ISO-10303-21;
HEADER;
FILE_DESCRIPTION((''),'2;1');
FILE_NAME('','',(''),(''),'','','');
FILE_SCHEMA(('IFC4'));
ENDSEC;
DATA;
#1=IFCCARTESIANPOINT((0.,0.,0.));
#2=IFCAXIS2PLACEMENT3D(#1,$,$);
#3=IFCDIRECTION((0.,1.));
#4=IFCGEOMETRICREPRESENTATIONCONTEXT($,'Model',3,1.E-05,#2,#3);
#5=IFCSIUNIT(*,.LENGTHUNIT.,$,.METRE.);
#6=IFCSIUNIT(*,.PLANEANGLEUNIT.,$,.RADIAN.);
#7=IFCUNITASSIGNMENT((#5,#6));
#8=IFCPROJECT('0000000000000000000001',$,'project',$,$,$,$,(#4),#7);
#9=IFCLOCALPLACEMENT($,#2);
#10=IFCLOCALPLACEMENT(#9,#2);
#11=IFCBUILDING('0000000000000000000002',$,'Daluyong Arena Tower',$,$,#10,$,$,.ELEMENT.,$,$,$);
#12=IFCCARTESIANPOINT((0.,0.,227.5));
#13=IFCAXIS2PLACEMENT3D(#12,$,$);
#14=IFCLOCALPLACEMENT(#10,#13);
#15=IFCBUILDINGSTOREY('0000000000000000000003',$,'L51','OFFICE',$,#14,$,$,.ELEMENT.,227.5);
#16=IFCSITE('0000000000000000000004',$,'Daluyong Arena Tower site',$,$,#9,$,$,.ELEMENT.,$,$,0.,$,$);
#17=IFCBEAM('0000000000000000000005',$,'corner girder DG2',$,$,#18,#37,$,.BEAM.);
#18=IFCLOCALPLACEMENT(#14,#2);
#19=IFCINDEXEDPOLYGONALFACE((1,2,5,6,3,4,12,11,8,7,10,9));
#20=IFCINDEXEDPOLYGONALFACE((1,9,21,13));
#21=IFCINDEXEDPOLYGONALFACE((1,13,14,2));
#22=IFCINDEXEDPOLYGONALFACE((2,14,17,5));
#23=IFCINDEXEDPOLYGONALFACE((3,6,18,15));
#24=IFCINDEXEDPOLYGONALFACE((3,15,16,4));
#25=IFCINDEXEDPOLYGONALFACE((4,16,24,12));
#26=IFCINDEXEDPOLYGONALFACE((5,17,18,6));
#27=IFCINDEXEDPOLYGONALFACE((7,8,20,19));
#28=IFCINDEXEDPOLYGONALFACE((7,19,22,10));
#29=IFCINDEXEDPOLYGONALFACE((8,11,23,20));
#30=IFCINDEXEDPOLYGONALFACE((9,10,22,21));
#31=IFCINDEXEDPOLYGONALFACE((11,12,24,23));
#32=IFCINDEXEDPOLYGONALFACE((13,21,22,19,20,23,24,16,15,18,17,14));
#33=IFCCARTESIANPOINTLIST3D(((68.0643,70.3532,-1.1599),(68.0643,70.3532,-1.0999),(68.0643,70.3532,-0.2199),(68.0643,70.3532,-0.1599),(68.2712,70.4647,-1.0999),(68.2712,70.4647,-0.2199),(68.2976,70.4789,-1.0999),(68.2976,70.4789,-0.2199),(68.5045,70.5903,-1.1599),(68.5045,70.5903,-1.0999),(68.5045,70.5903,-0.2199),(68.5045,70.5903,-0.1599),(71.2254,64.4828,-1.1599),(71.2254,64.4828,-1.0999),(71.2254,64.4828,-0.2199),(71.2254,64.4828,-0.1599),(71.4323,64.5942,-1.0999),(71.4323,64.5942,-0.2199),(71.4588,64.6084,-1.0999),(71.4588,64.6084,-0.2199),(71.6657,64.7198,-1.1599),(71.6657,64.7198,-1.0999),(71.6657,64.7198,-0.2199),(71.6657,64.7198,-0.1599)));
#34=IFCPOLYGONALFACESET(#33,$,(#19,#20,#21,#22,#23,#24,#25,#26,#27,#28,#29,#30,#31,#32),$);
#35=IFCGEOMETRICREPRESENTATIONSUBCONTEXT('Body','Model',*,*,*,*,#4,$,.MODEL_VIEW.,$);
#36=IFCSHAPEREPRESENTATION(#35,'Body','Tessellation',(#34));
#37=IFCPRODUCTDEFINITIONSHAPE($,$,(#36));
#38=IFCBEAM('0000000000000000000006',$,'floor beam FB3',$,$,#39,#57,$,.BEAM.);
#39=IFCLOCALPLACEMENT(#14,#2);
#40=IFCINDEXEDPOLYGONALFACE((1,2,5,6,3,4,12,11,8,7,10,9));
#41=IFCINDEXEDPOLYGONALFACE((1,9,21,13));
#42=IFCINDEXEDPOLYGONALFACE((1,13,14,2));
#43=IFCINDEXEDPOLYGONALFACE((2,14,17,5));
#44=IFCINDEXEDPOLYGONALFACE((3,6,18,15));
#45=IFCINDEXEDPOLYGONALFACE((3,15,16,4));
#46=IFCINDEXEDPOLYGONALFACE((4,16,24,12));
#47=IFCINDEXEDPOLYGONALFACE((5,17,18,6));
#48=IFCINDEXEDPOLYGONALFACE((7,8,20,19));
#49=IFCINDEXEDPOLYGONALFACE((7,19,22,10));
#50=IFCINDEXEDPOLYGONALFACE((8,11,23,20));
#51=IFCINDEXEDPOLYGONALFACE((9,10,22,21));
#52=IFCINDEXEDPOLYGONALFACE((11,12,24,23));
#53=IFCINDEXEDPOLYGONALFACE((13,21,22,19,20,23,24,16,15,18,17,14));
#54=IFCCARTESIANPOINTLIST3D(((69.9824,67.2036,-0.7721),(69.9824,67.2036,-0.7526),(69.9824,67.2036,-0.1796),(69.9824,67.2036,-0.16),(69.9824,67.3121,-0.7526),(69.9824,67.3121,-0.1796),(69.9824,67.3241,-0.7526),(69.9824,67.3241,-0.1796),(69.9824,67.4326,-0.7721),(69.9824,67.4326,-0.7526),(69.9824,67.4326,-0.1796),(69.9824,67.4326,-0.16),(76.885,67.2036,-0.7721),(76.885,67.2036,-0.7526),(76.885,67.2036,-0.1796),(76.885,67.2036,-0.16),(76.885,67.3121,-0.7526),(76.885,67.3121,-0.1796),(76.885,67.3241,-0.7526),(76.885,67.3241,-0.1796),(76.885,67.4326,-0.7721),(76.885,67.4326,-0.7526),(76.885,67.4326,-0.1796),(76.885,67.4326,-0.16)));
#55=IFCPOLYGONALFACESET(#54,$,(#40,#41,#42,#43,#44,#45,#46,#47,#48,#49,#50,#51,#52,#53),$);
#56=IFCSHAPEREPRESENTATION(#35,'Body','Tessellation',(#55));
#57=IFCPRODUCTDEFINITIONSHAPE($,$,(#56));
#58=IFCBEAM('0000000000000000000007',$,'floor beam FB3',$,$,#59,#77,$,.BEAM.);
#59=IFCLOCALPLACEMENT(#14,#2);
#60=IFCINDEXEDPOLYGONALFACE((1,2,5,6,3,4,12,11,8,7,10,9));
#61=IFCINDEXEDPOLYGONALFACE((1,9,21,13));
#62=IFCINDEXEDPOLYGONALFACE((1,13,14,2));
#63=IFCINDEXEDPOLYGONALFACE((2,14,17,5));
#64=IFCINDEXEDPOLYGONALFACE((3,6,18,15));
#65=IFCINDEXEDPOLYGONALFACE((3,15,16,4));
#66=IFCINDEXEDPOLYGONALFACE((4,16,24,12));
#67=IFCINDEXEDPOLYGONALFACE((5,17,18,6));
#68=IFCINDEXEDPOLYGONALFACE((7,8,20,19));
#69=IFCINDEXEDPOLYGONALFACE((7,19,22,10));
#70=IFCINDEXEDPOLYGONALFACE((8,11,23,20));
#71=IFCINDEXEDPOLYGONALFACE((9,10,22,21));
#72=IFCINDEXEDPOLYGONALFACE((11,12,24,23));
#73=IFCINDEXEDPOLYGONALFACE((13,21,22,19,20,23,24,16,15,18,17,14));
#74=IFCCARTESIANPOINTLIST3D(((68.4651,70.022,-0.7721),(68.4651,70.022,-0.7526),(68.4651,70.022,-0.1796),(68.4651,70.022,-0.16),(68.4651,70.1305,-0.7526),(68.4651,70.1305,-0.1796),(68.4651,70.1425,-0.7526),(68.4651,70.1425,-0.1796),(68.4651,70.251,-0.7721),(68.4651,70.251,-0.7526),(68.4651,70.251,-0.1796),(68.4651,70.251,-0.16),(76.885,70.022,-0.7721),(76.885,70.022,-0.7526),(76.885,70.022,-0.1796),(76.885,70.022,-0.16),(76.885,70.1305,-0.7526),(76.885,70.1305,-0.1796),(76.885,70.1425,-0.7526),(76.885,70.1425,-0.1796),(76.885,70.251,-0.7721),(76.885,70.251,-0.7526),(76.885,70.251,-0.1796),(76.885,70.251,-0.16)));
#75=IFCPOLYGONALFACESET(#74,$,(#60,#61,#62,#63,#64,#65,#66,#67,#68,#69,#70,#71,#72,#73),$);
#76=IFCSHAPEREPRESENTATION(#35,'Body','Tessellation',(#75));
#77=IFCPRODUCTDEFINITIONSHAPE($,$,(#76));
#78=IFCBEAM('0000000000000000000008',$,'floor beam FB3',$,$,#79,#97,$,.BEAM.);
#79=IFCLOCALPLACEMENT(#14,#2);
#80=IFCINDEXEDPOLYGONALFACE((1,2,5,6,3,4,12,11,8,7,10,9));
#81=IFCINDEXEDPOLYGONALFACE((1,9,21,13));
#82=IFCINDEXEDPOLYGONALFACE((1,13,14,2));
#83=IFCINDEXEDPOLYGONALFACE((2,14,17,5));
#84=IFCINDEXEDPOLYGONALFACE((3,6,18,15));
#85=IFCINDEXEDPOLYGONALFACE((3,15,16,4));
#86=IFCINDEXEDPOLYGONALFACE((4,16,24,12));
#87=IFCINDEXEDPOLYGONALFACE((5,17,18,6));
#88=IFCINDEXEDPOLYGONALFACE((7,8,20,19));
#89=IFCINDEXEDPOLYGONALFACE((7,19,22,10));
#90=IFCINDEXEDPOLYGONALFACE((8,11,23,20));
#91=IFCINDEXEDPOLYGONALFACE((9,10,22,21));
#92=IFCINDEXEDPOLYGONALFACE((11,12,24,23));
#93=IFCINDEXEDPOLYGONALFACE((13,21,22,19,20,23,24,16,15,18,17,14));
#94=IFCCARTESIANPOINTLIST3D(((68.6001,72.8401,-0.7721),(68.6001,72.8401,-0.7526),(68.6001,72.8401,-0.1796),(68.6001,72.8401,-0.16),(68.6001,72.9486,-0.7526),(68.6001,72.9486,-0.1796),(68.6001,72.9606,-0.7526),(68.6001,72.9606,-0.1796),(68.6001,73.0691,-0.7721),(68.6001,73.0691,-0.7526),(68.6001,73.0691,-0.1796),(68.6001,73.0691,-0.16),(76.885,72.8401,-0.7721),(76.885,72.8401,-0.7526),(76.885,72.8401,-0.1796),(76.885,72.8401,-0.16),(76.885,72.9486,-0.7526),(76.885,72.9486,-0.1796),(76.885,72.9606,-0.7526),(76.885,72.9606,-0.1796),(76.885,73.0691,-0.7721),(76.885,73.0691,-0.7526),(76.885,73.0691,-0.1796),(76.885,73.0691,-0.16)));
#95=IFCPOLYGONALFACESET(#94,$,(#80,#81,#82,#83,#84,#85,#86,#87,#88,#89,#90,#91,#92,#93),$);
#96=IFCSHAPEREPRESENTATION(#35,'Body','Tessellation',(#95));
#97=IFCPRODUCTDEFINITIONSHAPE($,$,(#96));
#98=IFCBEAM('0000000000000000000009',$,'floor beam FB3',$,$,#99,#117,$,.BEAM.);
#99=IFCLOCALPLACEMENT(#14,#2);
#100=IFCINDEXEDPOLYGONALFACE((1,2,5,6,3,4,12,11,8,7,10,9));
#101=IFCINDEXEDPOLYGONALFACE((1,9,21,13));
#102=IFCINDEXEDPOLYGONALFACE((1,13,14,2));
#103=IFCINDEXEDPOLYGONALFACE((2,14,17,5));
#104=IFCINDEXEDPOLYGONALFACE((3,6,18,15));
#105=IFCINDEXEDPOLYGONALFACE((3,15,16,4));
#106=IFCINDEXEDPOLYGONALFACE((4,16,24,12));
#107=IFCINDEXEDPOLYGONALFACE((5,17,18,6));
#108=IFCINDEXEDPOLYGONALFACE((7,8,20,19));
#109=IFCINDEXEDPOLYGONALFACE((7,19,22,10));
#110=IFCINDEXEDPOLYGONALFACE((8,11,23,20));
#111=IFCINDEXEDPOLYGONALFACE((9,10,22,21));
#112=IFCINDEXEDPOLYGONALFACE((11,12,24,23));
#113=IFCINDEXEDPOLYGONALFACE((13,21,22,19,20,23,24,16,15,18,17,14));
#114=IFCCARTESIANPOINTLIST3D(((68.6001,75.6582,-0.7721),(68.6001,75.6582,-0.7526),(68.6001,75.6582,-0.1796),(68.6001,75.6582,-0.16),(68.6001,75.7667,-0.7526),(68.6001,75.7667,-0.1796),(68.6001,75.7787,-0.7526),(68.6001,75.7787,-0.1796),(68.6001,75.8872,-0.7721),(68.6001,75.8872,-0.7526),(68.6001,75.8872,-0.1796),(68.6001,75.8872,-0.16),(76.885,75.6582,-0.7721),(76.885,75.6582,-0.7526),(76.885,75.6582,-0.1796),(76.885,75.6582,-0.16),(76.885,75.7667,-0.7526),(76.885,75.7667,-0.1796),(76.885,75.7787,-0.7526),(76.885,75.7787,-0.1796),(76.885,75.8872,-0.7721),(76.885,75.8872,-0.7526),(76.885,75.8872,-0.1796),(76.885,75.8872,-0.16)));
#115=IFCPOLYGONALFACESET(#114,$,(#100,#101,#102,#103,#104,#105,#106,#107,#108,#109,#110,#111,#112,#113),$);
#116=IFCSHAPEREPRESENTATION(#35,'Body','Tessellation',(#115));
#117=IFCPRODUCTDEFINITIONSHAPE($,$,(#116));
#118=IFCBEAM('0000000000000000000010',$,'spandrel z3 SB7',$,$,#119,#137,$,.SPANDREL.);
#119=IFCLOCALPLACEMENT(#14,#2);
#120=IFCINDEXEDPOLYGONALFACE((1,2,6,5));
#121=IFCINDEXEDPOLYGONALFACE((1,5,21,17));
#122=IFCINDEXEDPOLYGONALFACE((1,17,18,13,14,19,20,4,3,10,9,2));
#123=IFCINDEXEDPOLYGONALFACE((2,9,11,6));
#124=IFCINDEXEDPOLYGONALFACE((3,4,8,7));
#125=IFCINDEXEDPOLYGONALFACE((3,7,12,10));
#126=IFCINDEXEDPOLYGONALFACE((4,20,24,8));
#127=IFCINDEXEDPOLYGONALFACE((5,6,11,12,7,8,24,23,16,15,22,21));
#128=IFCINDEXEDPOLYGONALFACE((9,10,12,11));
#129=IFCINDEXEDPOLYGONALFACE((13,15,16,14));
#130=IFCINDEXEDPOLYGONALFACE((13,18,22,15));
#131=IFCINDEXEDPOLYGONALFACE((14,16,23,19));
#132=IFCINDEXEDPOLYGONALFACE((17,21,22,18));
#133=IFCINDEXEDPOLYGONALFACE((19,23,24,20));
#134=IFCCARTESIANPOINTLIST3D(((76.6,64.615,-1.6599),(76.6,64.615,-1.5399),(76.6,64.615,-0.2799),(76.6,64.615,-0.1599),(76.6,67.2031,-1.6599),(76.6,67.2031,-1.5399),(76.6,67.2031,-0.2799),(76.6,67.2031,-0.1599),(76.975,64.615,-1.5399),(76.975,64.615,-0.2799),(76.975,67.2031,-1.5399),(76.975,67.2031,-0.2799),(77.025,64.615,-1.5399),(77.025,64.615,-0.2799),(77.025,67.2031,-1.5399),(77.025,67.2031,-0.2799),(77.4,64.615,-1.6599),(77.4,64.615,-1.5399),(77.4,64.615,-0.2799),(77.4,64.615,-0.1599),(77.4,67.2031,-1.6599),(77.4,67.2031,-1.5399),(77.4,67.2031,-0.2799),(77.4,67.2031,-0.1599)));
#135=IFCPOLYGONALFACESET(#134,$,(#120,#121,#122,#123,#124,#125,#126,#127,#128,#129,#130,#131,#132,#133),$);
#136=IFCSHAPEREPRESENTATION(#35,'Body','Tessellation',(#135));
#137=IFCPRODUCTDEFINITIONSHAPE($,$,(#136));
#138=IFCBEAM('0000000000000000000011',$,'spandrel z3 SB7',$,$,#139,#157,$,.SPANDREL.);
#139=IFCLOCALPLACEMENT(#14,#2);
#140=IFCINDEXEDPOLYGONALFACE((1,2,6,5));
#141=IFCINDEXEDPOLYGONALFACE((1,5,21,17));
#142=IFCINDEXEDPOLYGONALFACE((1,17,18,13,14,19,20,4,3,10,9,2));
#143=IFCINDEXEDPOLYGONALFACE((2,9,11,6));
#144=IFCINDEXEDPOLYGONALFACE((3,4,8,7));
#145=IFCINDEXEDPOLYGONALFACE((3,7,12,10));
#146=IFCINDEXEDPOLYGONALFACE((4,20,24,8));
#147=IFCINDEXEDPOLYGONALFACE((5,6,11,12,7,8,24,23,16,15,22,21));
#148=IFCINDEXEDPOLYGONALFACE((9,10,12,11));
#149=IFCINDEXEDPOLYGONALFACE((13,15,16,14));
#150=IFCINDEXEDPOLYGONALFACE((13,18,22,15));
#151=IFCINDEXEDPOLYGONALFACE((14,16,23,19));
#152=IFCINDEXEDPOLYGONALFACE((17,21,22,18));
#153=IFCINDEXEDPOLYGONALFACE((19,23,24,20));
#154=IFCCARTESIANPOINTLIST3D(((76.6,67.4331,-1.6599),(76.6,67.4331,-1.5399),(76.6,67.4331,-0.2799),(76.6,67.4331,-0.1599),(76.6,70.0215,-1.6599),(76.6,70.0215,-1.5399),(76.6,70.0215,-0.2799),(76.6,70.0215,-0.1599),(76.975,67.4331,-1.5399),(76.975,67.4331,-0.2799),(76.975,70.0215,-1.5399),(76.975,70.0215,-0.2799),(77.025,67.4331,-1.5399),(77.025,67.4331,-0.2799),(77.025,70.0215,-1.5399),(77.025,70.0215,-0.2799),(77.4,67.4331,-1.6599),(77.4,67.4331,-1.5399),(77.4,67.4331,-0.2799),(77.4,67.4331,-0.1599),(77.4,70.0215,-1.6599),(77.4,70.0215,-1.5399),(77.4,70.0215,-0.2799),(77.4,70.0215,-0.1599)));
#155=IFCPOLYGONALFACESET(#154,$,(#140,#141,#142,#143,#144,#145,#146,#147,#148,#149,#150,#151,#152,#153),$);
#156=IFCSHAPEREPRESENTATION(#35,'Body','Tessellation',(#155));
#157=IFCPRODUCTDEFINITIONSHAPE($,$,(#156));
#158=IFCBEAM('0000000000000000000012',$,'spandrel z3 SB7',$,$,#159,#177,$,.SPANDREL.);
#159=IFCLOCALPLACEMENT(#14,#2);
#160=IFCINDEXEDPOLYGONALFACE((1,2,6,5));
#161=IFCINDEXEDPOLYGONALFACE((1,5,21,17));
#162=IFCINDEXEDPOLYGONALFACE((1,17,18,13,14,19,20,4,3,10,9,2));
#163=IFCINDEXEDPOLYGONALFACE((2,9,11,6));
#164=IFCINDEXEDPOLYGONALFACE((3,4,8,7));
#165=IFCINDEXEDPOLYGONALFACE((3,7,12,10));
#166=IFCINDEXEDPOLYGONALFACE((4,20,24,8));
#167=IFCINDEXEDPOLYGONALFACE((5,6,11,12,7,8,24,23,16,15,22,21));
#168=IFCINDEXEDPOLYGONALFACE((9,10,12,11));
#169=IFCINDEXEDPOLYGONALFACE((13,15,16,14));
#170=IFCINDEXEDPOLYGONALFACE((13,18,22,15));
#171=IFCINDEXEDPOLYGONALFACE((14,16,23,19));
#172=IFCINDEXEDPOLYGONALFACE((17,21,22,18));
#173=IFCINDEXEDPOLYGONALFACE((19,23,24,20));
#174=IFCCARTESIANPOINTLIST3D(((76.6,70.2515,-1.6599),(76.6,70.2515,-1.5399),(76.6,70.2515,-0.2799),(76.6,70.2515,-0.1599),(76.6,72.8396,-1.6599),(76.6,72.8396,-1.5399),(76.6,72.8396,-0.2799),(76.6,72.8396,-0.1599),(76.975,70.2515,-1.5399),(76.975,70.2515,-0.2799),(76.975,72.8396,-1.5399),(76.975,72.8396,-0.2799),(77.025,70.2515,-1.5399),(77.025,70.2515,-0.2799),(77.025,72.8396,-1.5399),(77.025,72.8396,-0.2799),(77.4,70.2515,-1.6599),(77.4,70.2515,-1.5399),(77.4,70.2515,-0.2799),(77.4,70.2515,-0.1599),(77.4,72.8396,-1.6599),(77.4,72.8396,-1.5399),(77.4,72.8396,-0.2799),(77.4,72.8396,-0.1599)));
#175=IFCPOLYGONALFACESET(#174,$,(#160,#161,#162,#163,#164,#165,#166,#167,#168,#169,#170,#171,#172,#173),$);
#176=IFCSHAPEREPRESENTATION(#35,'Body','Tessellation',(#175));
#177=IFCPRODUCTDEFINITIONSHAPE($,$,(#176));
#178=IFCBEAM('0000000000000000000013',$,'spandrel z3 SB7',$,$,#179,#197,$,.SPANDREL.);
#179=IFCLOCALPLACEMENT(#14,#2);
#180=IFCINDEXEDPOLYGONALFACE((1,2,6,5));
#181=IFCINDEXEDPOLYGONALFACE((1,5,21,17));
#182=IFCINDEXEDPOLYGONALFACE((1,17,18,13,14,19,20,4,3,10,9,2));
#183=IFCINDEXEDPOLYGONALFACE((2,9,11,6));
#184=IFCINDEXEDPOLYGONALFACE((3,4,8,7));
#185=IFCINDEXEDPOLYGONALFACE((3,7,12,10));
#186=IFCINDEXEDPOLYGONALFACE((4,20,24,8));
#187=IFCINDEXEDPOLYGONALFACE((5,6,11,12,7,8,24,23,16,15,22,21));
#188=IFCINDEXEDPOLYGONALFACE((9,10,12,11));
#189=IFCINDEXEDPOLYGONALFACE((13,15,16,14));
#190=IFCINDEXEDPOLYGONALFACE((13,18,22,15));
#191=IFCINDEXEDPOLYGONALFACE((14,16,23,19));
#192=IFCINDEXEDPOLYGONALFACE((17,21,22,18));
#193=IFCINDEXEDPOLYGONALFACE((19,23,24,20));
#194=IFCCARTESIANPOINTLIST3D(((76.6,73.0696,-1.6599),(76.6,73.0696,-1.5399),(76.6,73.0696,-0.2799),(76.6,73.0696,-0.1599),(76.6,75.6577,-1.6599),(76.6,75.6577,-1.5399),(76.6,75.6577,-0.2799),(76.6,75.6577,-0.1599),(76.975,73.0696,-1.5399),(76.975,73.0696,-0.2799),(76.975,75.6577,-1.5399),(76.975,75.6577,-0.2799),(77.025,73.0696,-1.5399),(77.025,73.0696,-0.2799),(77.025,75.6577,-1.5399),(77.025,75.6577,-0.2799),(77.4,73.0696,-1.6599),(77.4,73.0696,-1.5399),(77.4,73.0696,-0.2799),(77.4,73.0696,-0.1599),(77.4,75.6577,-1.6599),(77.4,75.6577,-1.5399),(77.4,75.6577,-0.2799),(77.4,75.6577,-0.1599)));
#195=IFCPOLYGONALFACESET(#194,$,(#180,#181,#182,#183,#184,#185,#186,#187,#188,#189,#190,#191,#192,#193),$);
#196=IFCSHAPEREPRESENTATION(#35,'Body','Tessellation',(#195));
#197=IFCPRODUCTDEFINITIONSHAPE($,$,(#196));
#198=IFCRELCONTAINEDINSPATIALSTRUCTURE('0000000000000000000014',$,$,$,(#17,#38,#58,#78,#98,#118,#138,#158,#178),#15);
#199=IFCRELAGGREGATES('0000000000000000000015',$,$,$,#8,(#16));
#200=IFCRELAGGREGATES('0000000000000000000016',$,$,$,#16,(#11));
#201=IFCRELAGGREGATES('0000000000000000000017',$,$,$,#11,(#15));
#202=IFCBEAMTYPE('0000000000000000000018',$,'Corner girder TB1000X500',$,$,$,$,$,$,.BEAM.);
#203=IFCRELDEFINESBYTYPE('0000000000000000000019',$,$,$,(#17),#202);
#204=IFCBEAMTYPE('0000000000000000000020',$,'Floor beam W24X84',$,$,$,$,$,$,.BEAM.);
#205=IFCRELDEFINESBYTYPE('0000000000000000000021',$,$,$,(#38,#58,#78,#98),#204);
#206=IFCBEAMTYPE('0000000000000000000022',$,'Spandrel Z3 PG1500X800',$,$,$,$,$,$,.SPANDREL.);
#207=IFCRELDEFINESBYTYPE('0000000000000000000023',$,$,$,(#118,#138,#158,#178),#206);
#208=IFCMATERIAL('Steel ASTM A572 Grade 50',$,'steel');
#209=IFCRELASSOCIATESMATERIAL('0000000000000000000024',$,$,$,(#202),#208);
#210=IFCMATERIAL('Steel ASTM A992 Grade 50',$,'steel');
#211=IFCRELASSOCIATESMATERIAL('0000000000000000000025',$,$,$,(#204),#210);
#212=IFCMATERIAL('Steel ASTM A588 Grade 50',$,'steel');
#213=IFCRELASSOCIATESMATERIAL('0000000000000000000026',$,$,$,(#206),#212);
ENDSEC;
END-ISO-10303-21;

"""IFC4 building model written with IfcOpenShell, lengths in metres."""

from ifc_helpers import new_model, si_unit, direction, frame, origin, origin_2d, place, context, subcontext, project, spatial, i_section, extrude, material, material_profile, profile_set, type_object, element, save


model = new_model("IFC4")

# Units and contexts
model_context = context("Model", 3, precision=1e-05, world=origin(), true_north=direction((0.0, 1.0)))
body_context = subcontext(model_context, "Body", "Model", "MODEL_VIEW")
ifc_project = project(units=[si_unit("LENGTHUNIT", "METRE"), si_unit("PLANEANGLEUNIT", "RADIAN")], contexts=[model_context])

# Site, building, storey
site_placement = place(None, origin())
site = spatial("IfcSite", under=ifc_project, at=site_placement, Name="Daluyong Arena Tower site", CompositionType="ELEMENT", RefElevation=0.0)
building_placement = place(site_placement, origin())
building = spatial("IfcBuilding", under=site, at=building_placement, Name="Daluyong Arena Tower", CompositionType="ELEMENT")
storey_placement = place(building_placement, frame((0.0, 0.0, 227.5)))
storey = spatial("IfcBuildingStorey", under=building, at=storey_placement, Name="L51", Description="OFFICE", CompositionType="ELEMENT", Elevation=227.5)

# Beams
ifc_material_1 = material(Name="Steel ASTM A572 Grade 50", Category="steel")
ifc_material_profile_1 = material_profile(ifc_material_1, i_section(OverallWidth=0.5, OverallDepth=1.0, WebThickness=0.03, FlangeThickness=0.06, at=origin_2d()))
ifc_profile_set_1 = profile_set([ifc_material_profile_1], Name="Steel ASTM A572 Grade 50")
beam_type_1 = type_object("IfcBeamType", Name="Corner girder TB1000X500", PredefinedType="BEAM", material=ifc_profile_set_1)
beam_1_placement = place(storey_placement, frame((71.4456, 64.6013, -0.6599), z_axis=(-0.474119, 0.880461, 0.0), x_axis=(-0.880461, -0.474119, 0.0)))
element("IfcBeam", 1, at=beam_1_placement, inside=storey, type_object=beam_type_1, Name="corner girder DG2", PredefinedType="BEAM", context=body_context, shape_type="SweptSolid", body=[
    extrude(i_section(OverallWidth=0.5, OverallDepth=1.0, WebThickness=0.03, FlangeThickness=0.06, at=origin_2d()), origin(), (0.0, 0.0, 1.0), 6.6675),
])
ifc_material_2 = material(Name="Steel ASTM A992 Grade 50", Category="steel")
ifc_material_profile_2 = material_profile(ifc_material_2, i_section(OverallWidth=0.229, OverallDepth=0.6121, WebThickness=0.012, FlangeThickness=0.0195, at=origin_2d()))
ifc_profile_set_2 = profile_set([ifc_material_profile_2], Name="Steel ASTM A992 Grade 50")
beam_type_2 = type_object("IfcBeamType", Name="Floor beam W24X84", PredefinedType="BEAM", material=ifc_profile_set_2)
beam_2_placement = place(storey_placement, frame((76.885, 67.3181, -0.4661), z_axis=(-1.0, 0.0, 0.0), x_axis=(0.0, -1.0, 0.0)))
element("IfcBeam", 2, at=beam_2_placement, inside=storey, type_object=beam_type_2, Name="floor beam FB3", PredefinedType="BEAM", context=body_context, shape_type="SweptSolid", body=[
    extrude(i_section(OverallWidth=0.229, OverallDepth=0.6121, WebThickness=0.012, FlangeThickness=0.0195, at=origin_2d()), origin(), (0.0, 0.0, 1.0), 6.9026),
])
beam_3_placement = place(storey_placement, frame((76.885, 70.1365, -0.4661), z_axis=(-1.0, 0.0, 0.0), x_axis=(0.0, -1.0, 0.0)))
element("IfcBeam", 3, at=beam_3_placement, inside=storey, type_object=beam_type_2, Name="floor beam FB3", PredefinedType="BEAM", context=body_context, shape_type="SweptSolid", body=[
    extrude(i_section(OverallWidth=0.229, OverallDepth=0.6121, WebThickness=0.012, FlangeThickness=0.0195, at=origin_2d()), origin(), (0.0, 0.0, 1.0), 8.4199),
])
for number, where, z_axis, x_axis, name in (
    (4, (76.885, 72.9546, -0.4661), (-1.0, 0.0, 0.0), (0.0, -1.0, 0.0), "floor beam FB3"),
    (5, (76.885, 75.7727, -0.4661), (-1.0, 0.0, 0.0), (0.0, -1.0, 0.0), "floor beam FB3"),
):
    element("IfcBeam", number, at=place(storey_placement, frame(where, z_axis=z_axis, x_axis=x_axis)), inside=storey, type_object=beam_type_2, Name=name, PredefinedType="BEAM", context=body_context, shape_type="SweptSolid", body=[
        extrude(i_section(OverallWidth=0.229, OverallDepth=0.6121, WebThickness=0.012, FlangeThickness=0.0195, at=origin_2d()), origin(), (0.0, 0.0, 1.0), 8.2849),
    ])
ifc_material_3 = material(Name="Steel ASTM A588 Grade 50", Category="steel")
ifc_material_profile_3 = material_profile(ifc_material_3, i_section(OverallWidth=0.8, OverallDepth=1.5, WebThickness=0.05, FlangeThickness=0.12, at=origin_2d()))
ifc_profile_set_3 = profile_set([ifc_material_profile_3], Name="Steel ASTM A588 Grade 50")
beam_type_3 = type_object("IfcBeamType", Name="Spandrel Z3 PG1500X800", PredefinedType="SPANDREL", material=ifc_profile_set_3)
beam_4_placement = place(storey_placement, frame((77.0, 64.615, -0.9099), z_axis=(0.0, 1.0, 0.0), x_axis=(-1.0, 0.0, 0.0)))
element("IfcBeam", 6, at=beam_4_placement, inside=storey, type_object=beam_type_3, Name="spandrel z3 SB7", PredefinedType="SPANDREL", context=body_context, shape_type="SweptSolid", body=[
    extrude(i_section(OverallWidth=0.8, OverallDepth=1.5, WebThickness=0.05, FlangeThickness=0.12, at=origin_2d()), origin(), (0.0, 0.0, 1.0), 2.5881),
])
beam_5_placement = place(storey_placement, frame((77.0, 67.4331, -0.9099), z_axis=(0.0, 1.0, 0.0), x_axis=(-1.0, 0.0, 0.0)))
element("IfcBeam", 7, at=beam_5_placement, inside=storey, type_object=beam_type_3, Name="spandrel z3 SB7", PredefinedType="SPANDREL", context=body_context, shape_type="SweptSolid", body=[
    extrude(i_section(OverallWidth=0.8, OverallDepth=1.5, WebThickness=0.05, FlangeThickness=0.12, at=origin_2d()), origin(), (0.0, 0.0, 1.0), 2.5884),
])
for number, where, z_axis, x_axis, name in (
    (8, (77.0, 70.2515, -0.9099), (0.0, 1.0, 0.0), (-1.0, 0.0, 0.0), "spandrel z3 SB7"),
    (9, (77.0, 73.0696, -0.9099), (0.0, 1.0, 0.0), (-1.0, 0.0, 0.0), "spandrel z3 SB7"),
):
    element("IfcBeam", number, at=place(storey_placement, frame(where, z_axis=z_axis, x_axis=x_axis)), inside=storey, type_object=beam_type_3, Name=name, PredefinedType="SPANDREL", context=body_context, shape_type="SweptSolid", body=[
        extrude(i_section(OverallWidth=0.8, OverallDepth=1.5, WebThickness=0.05, FlangeThickness=0.12, at=origin_2d()), origin(), (0.0, 0.0, 1.0), 2.5881),
    ])

save(model, "model.ifc")
